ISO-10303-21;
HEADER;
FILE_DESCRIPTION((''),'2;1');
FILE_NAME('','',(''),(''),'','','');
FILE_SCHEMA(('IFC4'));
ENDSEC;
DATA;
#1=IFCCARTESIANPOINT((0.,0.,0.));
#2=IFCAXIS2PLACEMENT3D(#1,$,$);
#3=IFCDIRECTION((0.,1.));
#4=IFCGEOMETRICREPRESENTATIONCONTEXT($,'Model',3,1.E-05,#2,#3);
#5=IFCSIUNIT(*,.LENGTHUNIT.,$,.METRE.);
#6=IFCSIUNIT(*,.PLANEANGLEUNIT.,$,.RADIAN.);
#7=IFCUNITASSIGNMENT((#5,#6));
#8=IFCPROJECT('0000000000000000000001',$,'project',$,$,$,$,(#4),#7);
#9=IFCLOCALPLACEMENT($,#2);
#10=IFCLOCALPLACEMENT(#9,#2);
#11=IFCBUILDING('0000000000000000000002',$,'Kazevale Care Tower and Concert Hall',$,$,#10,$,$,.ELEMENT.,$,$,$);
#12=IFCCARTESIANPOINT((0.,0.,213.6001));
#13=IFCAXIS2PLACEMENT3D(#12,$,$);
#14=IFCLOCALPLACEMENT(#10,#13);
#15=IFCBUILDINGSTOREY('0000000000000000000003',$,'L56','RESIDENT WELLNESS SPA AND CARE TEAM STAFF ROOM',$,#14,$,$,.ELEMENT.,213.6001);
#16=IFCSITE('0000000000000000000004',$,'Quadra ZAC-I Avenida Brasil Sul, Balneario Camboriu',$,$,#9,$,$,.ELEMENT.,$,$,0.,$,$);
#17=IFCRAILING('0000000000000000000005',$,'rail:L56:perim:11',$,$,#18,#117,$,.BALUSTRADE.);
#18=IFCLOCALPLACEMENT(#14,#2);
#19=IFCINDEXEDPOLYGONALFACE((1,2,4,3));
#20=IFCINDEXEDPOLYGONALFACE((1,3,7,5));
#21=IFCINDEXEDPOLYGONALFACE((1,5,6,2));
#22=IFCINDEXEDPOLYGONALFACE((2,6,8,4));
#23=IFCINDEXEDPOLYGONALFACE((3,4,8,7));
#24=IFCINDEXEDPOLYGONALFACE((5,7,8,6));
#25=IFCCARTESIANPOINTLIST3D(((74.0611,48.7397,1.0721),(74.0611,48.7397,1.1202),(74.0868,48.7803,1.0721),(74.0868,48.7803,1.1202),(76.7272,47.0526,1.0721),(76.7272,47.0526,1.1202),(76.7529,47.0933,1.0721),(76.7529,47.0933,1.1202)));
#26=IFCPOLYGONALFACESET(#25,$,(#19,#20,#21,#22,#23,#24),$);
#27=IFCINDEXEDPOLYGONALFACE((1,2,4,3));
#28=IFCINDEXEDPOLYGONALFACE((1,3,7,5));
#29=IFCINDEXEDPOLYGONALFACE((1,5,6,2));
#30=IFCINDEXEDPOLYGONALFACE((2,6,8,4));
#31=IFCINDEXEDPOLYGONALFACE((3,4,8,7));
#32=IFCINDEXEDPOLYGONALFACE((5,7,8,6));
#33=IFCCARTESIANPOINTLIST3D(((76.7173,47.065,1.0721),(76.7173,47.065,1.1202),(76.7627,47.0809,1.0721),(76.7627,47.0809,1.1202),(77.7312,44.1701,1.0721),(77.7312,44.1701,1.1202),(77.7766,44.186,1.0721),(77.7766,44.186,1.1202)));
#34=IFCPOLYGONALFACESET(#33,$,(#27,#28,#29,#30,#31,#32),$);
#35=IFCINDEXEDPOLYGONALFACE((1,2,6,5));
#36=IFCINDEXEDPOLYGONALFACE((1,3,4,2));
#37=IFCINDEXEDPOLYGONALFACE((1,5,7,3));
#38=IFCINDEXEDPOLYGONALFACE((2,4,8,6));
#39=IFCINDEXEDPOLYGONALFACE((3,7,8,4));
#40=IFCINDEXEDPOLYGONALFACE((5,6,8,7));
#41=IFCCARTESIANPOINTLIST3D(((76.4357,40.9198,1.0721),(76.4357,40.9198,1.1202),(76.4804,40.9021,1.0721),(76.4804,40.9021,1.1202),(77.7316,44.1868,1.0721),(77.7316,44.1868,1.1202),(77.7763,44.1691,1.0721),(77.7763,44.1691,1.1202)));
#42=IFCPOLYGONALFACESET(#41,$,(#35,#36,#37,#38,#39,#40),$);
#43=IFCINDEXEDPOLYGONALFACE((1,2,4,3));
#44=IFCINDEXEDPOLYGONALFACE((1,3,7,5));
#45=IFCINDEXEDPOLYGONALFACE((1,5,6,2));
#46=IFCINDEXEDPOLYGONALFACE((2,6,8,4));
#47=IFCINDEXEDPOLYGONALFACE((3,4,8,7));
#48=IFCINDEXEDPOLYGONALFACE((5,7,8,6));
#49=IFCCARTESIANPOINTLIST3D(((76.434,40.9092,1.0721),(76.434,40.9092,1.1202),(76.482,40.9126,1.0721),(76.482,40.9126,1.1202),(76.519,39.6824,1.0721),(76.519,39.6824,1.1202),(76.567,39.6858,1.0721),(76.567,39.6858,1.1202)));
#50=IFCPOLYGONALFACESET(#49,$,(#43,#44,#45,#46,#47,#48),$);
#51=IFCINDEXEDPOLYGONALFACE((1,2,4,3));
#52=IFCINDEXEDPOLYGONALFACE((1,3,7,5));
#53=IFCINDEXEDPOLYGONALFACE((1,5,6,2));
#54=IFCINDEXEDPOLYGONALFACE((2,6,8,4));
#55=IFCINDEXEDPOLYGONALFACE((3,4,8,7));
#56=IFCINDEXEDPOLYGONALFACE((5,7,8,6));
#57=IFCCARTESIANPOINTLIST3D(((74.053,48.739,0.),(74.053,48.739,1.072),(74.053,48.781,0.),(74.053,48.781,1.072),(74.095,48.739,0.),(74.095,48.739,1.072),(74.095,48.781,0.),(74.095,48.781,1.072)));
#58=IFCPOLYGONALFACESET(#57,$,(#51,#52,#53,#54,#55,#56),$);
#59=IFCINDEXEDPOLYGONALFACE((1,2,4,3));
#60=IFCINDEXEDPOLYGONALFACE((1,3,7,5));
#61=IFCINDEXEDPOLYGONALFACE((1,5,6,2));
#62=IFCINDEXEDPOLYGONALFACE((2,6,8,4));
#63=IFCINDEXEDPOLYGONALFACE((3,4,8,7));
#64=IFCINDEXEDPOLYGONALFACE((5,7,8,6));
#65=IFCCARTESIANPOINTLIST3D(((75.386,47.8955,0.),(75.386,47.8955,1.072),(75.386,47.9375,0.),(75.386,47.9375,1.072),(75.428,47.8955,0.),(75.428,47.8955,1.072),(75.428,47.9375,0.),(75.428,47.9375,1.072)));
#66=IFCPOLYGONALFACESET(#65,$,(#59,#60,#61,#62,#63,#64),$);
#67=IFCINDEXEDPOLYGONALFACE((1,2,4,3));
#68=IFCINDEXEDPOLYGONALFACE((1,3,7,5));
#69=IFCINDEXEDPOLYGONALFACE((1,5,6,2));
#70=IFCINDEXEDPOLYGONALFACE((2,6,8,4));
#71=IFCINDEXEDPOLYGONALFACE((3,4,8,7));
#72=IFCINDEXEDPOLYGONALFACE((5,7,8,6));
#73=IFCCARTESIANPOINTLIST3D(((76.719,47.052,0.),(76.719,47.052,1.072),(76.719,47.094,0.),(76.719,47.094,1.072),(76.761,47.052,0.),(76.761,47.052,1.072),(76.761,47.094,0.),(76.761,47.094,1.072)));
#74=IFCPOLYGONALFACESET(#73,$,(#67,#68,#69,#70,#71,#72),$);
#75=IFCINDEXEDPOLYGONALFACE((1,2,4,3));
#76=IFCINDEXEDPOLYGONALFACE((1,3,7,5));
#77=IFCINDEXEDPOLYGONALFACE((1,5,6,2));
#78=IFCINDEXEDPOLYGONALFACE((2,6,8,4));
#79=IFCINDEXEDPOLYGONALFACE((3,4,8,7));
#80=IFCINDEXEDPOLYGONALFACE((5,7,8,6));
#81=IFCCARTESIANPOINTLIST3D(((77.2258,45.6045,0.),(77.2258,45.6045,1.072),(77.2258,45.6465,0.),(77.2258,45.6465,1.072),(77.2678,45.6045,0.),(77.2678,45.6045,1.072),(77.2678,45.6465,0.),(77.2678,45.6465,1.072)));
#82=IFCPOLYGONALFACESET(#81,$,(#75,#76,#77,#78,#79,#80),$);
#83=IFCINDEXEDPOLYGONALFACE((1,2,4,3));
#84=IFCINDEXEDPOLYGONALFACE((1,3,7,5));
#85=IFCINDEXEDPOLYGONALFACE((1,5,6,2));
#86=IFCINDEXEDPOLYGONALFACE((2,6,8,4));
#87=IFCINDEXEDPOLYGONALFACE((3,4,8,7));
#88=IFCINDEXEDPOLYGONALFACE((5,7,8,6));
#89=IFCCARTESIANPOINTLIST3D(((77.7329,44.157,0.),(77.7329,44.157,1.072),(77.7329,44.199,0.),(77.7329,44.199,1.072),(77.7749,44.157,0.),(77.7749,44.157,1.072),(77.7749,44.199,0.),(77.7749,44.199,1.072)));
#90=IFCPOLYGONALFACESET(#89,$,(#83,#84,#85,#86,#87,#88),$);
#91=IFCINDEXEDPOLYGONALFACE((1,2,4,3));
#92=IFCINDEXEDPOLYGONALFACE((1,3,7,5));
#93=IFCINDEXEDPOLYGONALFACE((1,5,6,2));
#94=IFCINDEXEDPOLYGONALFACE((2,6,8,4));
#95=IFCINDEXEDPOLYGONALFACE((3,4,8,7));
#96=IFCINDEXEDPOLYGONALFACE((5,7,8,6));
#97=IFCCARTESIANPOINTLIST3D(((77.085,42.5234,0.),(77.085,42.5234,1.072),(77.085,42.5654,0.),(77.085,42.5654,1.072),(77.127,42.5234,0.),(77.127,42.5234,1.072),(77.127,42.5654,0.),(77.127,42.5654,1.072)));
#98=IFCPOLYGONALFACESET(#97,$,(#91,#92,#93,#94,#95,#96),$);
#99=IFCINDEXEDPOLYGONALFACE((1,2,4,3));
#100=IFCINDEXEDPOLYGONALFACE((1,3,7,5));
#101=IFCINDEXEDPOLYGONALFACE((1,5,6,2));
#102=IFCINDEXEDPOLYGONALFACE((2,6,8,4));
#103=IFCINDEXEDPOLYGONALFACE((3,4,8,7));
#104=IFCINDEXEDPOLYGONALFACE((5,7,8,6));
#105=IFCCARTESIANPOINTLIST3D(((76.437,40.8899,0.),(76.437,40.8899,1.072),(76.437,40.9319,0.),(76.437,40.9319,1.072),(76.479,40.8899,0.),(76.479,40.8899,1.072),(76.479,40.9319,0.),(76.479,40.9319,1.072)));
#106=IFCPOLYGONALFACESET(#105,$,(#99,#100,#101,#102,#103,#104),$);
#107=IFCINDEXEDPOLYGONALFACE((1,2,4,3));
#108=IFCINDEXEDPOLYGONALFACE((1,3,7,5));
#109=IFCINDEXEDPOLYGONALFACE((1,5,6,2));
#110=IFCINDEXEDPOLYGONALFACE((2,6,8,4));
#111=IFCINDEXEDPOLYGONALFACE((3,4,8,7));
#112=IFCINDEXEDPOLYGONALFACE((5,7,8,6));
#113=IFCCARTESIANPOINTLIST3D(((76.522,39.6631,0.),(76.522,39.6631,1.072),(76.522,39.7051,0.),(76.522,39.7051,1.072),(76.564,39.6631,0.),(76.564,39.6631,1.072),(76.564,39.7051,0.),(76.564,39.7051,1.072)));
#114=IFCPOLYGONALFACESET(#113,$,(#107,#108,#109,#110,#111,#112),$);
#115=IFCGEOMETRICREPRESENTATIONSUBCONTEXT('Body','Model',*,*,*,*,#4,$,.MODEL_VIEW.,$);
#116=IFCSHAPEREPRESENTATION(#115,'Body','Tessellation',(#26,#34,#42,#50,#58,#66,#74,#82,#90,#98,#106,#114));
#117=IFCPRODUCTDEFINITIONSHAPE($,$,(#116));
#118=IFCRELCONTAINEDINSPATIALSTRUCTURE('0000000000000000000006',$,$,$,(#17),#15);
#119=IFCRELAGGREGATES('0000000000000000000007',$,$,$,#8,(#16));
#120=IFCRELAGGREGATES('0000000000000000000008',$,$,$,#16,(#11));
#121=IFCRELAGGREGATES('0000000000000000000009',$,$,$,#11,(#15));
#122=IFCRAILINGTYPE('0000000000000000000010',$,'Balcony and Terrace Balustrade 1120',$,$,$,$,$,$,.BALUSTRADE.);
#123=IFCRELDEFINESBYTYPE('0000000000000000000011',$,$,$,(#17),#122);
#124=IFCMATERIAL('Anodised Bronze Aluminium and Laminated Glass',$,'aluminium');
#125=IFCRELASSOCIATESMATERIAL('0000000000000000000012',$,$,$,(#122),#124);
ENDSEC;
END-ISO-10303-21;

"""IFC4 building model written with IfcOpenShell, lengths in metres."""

from ifc_helpers import new_model, si_unit, direction, frame, origin, origin_2d, place, context, subcontext, project, spatial, rectangle, extrude, material, type_object, element, save


model = new_model("IFC4")

# Units and contexts
model_context = context("Model", 3, precision=1e-05, world=origin(), true_north=direction((0.0, 1.0)))
body_context = subcontext(model_context, "Body", "Model", "MODEL_VIEW")
ifc_project = project(units=[si_unit("LENGTHUNIT", "METRE"), si_unit("PLANEANGLEUNIT", "RADIAN")], contexts=[model_context])

# Site, building, storey
site_placement = place(None, origin())
site = spatial("IfcSite", under=ifc_project, at=site_placement, Name="Quadra ZAC-I Avenida Brasil Sul, Balneario Camboriu", CompositionType="ELEMENT", RefElevation=0.0)
building_placement = place(site_placement, origin())
building = spatial("IfcBuilding", under=site, at=building_placement, Name="Kazevale Care Tower and Concert Hall", CompositionType="ELEMENT")
storey_placement = place(building_placement, frame((0.0, 0.0, 213.6001)))
storey = spatial("IfcBuildingStorey", under=building, at=storey_placement, Name="L56", Description="RESIDENT WELLNESS SPA AND CARE TEAM STAFF ROOM", CompositionType="ELEMENT", Elevation=213.6001)

# Railing
ifc_material_1 = material(Name="Anodised Bronze Aluminium and Laminated Glass", Category="aluminium")
railing_type = type_object("IfcRailingType", Name="Balcony and Terrace Balustrade 1120", PredefinedType="BALUSTRADE", material=ifc_material_1)
railing_1_placement = place(storey_placement, frame((74.074, 48.76, 0.0)))
element("IfcRailing", 1, at=railing_1_placement, inside=storey, type_object=railing_type, Name="rail:L56:perim:11", PredefinedType="BALUSTRADE", context=body_context, shape_type="SweptSolid", body=[
    extrude(rectangle(XDim=0.0481, YDim=0.0481, at=origin_2d()), frame((0.0, 0.0, 1.0962), z_axis=(0.845029, -0.534721, 0.0), x_axis=(0.534721, 0.845029, 0.0)), (0.0, 0.0, 1.0), 3.155),
    extrude(rectangle(XDim=0.0481, YDim=0.0481, at=origin_2d()), frame((2.666, -1.687, 1.0962), z_axis=(0.330542, -0.943791, 0.0), x_axis=(0.943791, 0.330542, 0.0)), (0.0, 0.0, 1.0), 3.0674),
    extrude(rectangle(XDim=0.0481, YDim=0.0481, at=origin_2d()), frame((3.6799, -4.582, 1.0962), z_axis=(-0.368706, -0.929546, 0.0), x_axis=(0.929546, -0.368706, 0.0)), (0.0, 0.0, 1.0), 3.5146),
    extrude(rectangle(XDim=0.0481, YDim=0.0481, at=origin_2d()), frame((2.384, -7.8491, 1.0962), z_axis=(0.069088, -0.997611, 0.0), x_axis=(0.997611, 0.069088, 0.0)), (0.0, 0.0, 1.0), 1.2297),
    extrude(rectangle(XDim=0.042, YDim=0.042, at=origin_2d()), origin(), (0.0, 0.0, 1.0), 1.072),
    extrude(rectangle(XDim=0.042, YDim=0.042, at=origin_2d()), frame((1.333, -0.8435, 0.0)), (0.0, 0.0, 1.0), 1.072),
    extrude(rectangle(XDim=0.042, YDim=0.042, at=origin_2d()), frame((2.666, -1.687, 0.0)), (0.0, 0.0, 1.0), 1.072),
    extrude(rectangle(XDim=0.042, YDim=0.042, at=origin_2d()), frame((3.1729, -3.1345, 0.0)), (0.0, 0.0, 1.0), 1.072),
    extrude(rectangle(XDim=0.042, YDim=0.042, at=origin_2d()), frame((3.6799, -4.582, 0.0)), (0.0, 0.0, 1.0), 1.072),
    extrude(rectangle(XDim=0.042, YDim=0.042, at=origin_2d()), frame((3.032, -6.2156, 0.0)), (0.0, 0.0, 1.0), 1.072),
    extrude(rectangle(XDim=0.042, YDim=0.042, at=origin_2d()), frame((2.384, -7.8491, 0.0)), (0.0, 0.0, 1.0), 1.072),
    extrude(rectangle(XDim=0.042, YDim=0.042, at=origin_2d()), frame((2.469, -9.0759, 0.0)), (0.0, 0.0, 1.0), 1.072),
])

save(model, "model.ifc")
